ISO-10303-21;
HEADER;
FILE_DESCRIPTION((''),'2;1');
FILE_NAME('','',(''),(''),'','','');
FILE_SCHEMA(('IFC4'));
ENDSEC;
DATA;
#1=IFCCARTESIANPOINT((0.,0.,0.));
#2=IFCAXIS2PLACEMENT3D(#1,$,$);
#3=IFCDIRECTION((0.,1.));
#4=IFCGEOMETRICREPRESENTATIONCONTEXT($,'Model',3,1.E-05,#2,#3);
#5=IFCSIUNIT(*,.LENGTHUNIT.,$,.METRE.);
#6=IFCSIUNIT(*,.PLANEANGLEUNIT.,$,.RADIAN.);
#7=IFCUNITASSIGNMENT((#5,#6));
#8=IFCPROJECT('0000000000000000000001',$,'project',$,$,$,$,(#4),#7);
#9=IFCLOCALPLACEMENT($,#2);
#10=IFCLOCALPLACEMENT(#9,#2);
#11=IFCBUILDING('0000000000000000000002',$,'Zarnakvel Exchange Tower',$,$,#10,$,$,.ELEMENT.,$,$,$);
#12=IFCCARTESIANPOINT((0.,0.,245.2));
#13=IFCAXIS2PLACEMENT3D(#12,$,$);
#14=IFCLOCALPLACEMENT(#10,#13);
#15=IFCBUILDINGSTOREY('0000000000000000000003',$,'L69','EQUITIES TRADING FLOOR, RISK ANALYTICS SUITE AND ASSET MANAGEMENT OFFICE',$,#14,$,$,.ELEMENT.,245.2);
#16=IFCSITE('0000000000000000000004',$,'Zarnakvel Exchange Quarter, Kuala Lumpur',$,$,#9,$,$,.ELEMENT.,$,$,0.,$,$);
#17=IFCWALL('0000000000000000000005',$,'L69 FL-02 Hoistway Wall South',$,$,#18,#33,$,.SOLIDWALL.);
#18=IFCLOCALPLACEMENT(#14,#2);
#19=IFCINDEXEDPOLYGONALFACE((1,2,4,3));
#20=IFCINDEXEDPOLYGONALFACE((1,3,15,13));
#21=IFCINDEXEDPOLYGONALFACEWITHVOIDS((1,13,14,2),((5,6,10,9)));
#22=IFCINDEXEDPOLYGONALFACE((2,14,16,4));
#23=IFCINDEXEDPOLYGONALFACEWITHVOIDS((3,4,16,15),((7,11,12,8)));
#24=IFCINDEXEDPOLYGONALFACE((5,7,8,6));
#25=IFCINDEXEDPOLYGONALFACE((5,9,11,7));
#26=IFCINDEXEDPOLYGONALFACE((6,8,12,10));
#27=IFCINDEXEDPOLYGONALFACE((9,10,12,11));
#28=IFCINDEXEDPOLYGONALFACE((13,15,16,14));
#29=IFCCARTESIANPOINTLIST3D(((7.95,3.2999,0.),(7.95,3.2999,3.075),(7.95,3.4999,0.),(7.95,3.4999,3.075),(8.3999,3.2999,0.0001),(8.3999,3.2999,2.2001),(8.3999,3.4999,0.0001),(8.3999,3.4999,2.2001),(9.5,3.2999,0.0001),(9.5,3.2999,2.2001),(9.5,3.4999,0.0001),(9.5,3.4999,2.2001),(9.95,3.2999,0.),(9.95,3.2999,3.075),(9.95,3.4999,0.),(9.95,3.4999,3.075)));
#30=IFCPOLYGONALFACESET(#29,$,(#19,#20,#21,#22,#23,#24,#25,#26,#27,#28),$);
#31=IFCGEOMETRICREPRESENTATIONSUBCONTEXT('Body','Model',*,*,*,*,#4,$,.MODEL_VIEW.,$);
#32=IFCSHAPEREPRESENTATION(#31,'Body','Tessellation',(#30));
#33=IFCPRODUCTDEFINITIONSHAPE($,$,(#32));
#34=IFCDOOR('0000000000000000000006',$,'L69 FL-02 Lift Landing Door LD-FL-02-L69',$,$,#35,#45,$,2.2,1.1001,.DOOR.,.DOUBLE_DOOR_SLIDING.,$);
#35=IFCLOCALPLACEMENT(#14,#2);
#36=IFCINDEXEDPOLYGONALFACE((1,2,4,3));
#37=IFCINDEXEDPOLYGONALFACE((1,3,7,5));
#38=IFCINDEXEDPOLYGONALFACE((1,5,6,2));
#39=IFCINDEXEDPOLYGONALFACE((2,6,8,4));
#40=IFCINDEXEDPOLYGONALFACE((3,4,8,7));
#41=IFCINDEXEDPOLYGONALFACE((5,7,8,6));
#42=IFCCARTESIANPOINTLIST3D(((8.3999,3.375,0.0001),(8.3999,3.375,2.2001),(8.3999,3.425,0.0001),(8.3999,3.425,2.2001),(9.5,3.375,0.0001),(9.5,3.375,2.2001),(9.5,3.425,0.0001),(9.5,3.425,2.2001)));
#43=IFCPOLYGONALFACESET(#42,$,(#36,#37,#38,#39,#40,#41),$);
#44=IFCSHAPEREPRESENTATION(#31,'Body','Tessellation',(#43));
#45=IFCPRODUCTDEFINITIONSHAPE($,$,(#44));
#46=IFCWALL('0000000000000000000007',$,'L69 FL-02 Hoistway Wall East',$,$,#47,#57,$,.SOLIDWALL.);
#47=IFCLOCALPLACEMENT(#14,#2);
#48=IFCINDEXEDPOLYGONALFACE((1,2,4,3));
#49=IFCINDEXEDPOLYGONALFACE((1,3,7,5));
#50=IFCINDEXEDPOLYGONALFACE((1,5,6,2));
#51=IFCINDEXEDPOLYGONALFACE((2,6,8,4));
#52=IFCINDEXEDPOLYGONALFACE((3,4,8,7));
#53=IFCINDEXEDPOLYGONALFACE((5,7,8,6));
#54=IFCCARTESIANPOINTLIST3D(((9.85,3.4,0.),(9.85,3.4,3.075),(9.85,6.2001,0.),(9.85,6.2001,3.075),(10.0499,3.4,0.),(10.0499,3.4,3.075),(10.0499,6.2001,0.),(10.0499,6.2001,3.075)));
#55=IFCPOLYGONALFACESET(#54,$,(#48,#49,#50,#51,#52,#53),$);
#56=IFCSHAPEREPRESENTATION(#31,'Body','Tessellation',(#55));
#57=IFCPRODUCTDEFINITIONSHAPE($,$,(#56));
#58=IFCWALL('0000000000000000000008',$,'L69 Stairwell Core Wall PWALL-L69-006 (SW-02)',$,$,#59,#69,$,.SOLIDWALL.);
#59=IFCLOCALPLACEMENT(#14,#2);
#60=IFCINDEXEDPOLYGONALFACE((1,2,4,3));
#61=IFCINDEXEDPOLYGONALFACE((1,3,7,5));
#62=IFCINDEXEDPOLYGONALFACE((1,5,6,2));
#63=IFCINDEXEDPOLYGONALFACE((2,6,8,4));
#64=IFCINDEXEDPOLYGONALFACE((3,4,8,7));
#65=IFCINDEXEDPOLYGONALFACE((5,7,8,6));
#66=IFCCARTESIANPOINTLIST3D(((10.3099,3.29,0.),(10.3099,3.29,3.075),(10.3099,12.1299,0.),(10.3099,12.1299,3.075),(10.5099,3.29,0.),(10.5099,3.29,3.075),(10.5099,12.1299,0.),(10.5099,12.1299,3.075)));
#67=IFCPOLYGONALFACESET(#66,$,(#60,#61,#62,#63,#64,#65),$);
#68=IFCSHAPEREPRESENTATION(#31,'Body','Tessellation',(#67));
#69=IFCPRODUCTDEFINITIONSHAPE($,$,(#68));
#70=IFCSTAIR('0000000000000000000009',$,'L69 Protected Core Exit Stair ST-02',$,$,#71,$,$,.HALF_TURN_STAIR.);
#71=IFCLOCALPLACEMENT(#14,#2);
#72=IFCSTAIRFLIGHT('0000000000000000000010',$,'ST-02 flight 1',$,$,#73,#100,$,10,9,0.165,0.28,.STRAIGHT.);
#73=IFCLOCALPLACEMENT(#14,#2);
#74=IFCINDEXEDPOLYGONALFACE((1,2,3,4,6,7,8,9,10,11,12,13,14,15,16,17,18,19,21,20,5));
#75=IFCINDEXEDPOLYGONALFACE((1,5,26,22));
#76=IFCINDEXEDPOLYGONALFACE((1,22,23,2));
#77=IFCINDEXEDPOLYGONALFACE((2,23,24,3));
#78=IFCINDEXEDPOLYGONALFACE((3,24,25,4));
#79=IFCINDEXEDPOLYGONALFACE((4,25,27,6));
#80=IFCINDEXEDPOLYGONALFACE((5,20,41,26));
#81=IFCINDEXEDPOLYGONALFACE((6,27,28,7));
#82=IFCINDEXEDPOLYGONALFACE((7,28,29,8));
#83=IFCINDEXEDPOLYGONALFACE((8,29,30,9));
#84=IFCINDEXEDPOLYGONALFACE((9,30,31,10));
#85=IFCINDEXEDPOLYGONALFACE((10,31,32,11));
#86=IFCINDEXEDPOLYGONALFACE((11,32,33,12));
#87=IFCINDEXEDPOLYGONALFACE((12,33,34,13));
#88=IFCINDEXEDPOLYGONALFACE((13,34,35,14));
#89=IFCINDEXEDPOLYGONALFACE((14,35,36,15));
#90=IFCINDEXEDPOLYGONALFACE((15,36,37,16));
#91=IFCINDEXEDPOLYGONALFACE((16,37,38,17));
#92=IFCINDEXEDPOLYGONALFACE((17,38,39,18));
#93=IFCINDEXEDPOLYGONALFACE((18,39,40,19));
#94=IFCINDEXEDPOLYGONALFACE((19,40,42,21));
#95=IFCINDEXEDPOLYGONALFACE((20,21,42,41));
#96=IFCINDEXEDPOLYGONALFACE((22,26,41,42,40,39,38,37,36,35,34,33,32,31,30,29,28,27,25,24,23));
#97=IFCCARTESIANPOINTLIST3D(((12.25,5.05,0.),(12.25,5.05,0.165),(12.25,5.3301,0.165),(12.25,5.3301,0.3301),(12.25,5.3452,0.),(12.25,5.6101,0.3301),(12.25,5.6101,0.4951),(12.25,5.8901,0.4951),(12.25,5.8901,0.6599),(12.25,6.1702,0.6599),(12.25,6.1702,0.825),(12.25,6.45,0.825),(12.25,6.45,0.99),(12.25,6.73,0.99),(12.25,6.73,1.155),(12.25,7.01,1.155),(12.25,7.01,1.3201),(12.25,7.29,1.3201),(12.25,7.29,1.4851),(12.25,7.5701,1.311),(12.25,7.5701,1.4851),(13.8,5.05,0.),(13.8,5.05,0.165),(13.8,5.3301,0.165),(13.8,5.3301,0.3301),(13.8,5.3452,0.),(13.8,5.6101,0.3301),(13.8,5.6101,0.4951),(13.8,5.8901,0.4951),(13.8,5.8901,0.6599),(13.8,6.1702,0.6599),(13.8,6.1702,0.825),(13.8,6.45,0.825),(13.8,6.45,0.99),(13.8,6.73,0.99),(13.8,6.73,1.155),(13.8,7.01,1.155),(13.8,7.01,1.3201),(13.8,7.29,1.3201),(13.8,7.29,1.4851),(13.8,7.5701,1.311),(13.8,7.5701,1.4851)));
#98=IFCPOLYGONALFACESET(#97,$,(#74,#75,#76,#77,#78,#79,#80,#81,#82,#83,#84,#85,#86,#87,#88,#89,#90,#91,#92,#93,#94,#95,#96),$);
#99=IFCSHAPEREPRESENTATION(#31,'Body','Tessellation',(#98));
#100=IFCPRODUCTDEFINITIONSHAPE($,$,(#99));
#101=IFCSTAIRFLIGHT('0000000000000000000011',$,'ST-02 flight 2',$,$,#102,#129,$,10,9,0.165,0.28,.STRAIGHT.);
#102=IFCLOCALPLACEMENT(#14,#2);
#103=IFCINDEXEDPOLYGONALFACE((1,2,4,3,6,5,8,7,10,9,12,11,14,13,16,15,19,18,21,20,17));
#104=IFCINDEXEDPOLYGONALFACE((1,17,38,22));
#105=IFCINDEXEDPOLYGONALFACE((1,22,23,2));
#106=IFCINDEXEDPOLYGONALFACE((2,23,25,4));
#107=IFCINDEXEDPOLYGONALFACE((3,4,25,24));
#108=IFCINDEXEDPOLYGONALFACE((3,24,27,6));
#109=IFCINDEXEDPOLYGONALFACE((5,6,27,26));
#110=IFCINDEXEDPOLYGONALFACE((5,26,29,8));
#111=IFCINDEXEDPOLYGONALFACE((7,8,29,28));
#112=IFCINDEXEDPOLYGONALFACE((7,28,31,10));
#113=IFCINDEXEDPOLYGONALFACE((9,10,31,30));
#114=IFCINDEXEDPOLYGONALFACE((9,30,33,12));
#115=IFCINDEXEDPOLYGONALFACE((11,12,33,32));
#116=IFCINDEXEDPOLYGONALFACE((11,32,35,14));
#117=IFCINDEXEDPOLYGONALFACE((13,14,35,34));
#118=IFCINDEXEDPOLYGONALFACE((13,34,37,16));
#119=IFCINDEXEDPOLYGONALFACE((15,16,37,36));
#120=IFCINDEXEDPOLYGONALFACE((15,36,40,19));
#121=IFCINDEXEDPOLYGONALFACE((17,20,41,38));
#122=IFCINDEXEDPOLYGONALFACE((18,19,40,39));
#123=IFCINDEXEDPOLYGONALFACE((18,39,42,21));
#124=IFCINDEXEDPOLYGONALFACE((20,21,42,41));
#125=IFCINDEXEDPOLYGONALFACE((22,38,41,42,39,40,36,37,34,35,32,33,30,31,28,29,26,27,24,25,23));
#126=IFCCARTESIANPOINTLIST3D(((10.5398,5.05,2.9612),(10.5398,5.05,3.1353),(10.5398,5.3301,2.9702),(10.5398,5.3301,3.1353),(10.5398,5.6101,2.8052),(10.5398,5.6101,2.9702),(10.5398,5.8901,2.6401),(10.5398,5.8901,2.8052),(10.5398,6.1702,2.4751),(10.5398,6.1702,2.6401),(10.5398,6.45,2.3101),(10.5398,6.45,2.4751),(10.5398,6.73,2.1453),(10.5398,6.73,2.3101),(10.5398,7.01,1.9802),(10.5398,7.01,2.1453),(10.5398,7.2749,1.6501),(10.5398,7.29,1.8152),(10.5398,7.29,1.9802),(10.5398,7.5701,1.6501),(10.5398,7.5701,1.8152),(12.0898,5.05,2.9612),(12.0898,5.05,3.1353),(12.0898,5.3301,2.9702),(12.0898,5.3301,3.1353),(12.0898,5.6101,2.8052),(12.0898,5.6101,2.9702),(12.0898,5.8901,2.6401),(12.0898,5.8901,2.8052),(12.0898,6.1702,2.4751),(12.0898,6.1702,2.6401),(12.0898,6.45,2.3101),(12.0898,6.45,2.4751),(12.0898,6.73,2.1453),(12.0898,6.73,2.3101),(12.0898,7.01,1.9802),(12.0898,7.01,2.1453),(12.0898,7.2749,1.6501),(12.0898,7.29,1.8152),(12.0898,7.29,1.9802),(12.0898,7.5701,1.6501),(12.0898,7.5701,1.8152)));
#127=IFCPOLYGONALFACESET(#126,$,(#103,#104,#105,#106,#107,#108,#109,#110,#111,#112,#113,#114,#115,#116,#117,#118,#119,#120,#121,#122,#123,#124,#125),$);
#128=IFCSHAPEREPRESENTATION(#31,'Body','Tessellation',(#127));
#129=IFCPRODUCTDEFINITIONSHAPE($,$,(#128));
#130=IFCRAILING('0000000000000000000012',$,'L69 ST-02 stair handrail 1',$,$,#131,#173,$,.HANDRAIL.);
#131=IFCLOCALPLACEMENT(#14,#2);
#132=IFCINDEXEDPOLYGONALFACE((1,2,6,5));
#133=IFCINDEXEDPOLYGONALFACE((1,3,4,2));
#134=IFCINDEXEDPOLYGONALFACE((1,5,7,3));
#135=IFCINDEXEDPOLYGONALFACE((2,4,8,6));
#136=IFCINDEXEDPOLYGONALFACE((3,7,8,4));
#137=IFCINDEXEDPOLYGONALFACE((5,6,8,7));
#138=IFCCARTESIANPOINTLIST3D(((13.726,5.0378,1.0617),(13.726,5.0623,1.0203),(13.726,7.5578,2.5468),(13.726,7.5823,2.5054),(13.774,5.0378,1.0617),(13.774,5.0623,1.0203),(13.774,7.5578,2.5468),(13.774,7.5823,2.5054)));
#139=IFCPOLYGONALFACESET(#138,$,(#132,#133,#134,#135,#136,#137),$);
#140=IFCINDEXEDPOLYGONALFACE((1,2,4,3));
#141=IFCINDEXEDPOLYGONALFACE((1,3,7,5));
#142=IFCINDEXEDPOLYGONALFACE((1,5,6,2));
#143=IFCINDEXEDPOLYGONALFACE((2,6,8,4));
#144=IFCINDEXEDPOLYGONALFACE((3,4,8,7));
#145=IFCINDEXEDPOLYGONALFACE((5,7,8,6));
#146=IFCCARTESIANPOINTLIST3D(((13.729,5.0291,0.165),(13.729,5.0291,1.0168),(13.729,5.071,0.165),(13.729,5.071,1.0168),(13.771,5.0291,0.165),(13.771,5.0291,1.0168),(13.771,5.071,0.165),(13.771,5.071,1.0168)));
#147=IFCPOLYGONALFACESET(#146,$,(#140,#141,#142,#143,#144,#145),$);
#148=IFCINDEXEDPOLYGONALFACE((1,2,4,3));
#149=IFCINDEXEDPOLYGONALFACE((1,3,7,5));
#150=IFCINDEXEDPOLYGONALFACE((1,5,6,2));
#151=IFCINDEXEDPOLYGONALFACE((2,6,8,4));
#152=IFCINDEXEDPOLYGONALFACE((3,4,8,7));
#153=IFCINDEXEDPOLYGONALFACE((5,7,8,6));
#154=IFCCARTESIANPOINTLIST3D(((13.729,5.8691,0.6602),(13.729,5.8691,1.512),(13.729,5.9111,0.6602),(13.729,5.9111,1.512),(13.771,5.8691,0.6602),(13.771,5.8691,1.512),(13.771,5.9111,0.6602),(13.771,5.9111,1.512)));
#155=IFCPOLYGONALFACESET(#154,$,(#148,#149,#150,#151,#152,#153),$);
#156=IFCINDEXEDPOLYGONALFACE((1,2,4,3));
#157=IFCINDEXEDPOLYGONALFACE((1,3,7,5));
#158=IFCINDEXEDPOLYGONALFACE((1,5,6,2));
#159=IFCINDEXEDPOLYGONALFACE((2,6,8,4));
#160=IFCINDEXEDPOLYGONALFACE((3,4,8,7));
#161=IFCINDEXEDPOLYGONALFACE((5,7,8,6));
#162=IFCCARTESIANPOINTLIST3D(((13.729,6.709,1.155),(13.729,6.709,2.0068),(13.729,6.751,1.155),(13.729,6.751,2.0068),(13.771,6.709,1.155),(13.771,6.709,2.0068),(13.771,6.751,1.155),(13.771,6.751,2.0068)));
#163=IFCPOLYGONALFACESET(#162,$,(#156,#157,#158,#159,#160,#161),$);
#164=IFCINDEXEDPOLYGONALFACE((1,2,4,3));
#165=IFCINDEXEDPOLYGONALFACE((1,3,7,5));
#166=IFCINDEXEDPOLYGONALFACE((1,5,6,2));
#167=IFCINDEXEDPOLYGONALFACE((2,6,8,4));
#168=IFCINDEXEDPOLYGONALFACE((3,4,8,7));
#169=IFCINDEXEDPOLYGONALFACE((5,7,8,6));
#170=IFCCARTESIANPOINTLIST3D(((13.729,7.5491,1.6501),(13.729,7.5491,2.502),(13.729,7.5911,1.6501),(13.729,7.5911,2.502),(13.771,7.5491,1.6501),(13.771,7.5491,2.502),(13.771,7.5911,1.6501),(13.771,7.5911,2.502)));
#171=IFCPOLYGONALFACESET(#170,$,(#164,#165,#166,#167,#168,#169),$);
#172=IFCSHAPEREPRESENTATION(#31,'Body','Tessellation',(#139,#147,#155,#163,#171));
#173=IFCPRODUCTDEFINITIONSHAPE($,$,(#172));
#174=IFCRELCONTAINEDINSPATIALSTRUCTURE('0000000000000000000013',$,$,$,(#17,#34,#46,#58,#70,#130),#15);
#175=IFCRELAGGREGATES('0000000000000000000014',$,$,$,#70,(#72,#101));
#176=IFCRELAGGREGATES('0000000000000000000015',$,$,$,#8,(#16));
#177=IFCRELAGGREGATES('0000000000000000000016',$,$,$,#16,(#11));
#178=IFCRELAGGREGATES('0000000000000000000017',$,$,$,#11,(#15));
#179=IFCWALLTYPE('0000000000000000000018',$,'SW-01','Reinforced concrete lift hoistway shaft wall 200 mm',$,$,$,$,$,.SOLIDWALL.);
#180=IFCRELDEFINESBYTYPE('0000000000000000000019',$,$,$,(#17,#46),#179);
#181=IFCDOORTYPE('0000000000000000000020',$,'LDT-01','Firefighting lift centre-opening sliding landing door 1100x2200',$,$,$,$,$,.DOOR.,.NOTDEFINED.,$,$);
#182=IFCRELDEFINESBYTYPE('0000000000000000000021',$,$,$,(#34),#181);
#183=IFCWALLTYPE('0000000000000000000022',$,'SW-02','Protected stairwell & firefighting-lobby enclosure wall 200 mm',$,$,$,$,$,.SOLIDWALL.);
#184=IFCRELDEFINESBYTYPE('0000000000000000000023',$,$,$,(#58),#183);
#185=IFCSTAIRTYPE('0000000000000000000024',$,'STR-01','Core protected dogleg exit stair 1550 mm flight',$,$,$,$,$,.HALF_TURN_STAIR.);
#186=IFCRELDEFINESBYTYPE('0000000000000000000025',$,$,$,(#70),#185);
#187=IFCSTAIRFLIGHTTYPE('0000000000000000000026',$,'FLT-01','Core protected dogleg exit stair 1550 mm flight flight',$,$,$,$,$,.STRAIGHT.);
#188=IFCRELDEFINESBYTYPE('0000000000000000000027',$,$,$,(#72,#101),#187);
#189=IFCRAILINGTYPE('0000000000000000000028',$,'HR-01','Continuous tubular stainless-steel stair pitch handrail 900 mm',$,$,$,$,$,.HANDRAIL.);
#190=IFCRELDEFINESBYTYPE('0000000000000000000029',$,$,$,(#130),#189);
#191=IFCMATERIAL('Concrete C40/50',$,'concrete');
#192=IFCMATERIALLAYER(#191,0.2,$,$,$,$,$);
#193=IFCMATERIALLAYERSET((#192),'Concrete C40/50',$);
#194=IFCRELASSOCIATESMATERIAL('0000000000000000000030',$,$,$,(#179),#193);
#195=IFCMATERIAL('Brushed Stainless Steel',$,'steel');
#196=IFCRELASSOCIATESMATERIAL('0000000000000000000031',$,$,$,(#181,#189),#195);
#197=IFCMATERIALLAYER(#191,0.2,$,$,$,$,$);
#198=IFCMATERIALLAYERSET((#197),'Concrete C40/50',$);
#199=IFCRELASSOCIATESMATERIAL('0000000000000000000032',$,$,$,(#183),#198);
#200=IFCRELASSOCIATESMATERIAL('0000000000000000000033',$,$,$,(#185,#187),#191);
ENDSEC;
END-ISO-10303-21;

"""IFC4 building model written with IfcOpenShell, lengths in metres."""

from ifc_helpers import new_model, si_unit, direction, frame, frame_2d, origin, origin_2d, place, context, subcontext, project, spatial, polyline, rectangle, outline, extrude, source, transform, mapped, material, layer, layer_set, type_object, element, fill, aggregate, save


model = new_model("IFC4")

# Units and contexts
model_context = context("Model", 3, precision=1e-05, world=origin(), true_north=direction((0.0, 1.0)))
body_context = subcontext(model_context, "Body", "Model", "MODEL_VIEW")
ifc_project = project(units=[si_unit("LENGTHUNIT", "METRE"), si_unit("PLANEANGLEUNIT", "RADIAN")], contexts=[model_context])

# Site, building, storey
site_placement = place(None, origin())
site = spatial("IfcSite", under=ifc_project, at=site_placement, Name="Zarnakvel Exchange Quarter, Kuala Lumpur", CompositionType="ELEMENT", RefElevation=0.0)
building_placement = place(site_placement, origin())
building = spatial("IfcBuilding", under=site, at=building_placement, Name="Zarnakvel Exchange Tower", CompositionType="ELEMENT")
storey_placement = place(building_placement, frame((0.0, 0.0, 245.2)))
storey = spatial("IfcBuildingStorey", under=building, at=storey_placement, Name="L69", Description="EQUITIES TRADING FLOOR, RISK ANALYTICS SUITE AND ASSET MANAGEMENT OFFICE", CompositionType="ELEMENT", Elevation=245.2)

# Wall, opening, door
ifc_material_1 = material(Name="Concrete C40/50", Category="concrete")
ifc_layer_1 = layer(ifc_material_1, 0.2)
ifc_layer_set_1 = layer_set([ifc_layer_1], Name="Concrete C40/50")
wall_type_1 = type_object("IfcWallType", Name="SW-01", Description="Reinforced concrete lift hoistway shaft wall 200 mm", PredefinedType="SOLIDWALL", material=ifc_layer_set_1)
wall_1_placement = place(storey_placement, frame((9.95, 3.3999, 0.0), z_axis=(0.0, 0.0, 1.0), x_axis=(-1.0, 0.0, 0.0)))
wall_1 = element("IfcWall", 1, at=wall_1_placement, inside=storey, type_object=wall_type_1, Name="L69 FL-02 Hoistway Wall South", PredefinedType="SOLIDWALL", context=body_context, shape_type="SweptSolid", body=[
    extrude(rectangle(XDim=2.0, YDim=0.2, at=frame_2d((1.0, 0.0))), origin(), (0.0, 0.0, 1.0), 3.075),
])
opening_1_placement = place(wall_1_placement, frame((0.45, 0.0, 0.0)))
opening_1 = element("IfcOpeningElement", 2, at=opening_1_placement, cuts=wall_1, PredefinedType="OPENING", context=body_context, shape_type="SweptSolid", body=[
    extrude(rectangle(XDim=1.1001, YDim=2.2, at=frame_2d((0.55, 1.1001))), frame((0.0, 0.1099, 0.0), z_axis=(0.0, -1.0, 0.0), x_axis=(1.0, 0.0, 0.0)), (0.0, 0.0, 1.0), 0.22),
])
ifc_material_2 = material(Name="Brushed Stainless Steel", Category="steel")
door_type_1 = type_object("IfcDoorType", Name="LDT-01", Description="Firefighting lift centre-opening sliding landing door 1100x2200", OperationType="NOTDEFINED", PredefinedType="DOOR", material=ifc_material_2)
shared_shape_1 = source(origin(), body_context, "Body", "SweptSolid", [
    extrude(rectangle(XDim=1.1001, YDim=2.2, at=frame_2d((0.55, 1.1001))), frame((0.0, 0.0249, 0.0), z_axis=(0.0, -1.0, 0.0), x_axis=(1.0, 0.0, 0.0)), (0.0, 0.0, 1.0), 0.05),
])
door_1_placement = place(opening_1_placement, origin())
door_1 = element("IfcDoor", 3, at=door_1_placement, inside=storey, type_object=door_type_1, Name="L69 FL-02 Lift Landing Door LD-FL-02-L69", OperationType="DOUBLE_DOOR_SLIDING", OverallHeight=2.2, OverallWidth=1.1001, PredefinedType="DOOR", context=body_context, shape_type="MappedRepresentation", body=[
    mapped(shared_shape_1, transform((0.0, 0.0, 0.0), x_axis=(1.0, 0.0, 0.0), y_axis=(0.0, 1.0, 0.0), z_axis=(0.0, 0.0, 1.0), scale=1.0)),
])
fill(opening_1, door_1)

# Wall
wall_2_placement = place(storey_placement, frame((9.95, 6.2, 0.0), z_axis=(0.0, 0.0, 1.0), x_axis=(0.0, -1.0, 0.0)))
element("IfcWall", 4, at=wall_2_placement, inside=storey, type_object=wall_type_1, Name="L69 FL-02 Hoistway Wall East", PredefinedType="SOLIDWALL", context=body_context, shape_type="SweptSolid", body=[
    extrude(rectangle(XDim=2.8, YDim=0.2, at=frame_2d((1.3999, 0.0))), origin(), (0.0, 0.0, 1.0), 3.075),
])

# Shared definitions
ifc_layer_2 = layer(ifc_material_1, 0.2)
ifc_layer_set_2 = layer_set([ifc_layer_2], Name="Concrete C40/50")
wall_type_2 = type_object("IfcWallType", Name="SW-02", Description="Protected stairwell & firefighting-lobby enclosure wall 200 mm", PredefinedType="SOLIDWALL", material=ifc_layer_set_2)

# Wall
wall_3_placement = place(storey_placement, frame((10.4099, 3.29, 0.0), z_axis=(0.0, 0.0, 1.0), x_axis=(0.0, 1.0, 0.0)))
element("IfcWall", 5, at=wall_3_placement, inside=storey, type_object=wall_type_2, Name="L69 Stairwell Core Wall PWALL-L69-006 (SW-02)", PredefinedType="SOLIDWALL", context=body_context, shape_type="SweptSolid", body=[
    extrude(rectangle(XDim=8.8398, YDim=0.2, at=frame_2d((4.4199, 0.0))), origin(), (0.0, 0.0, 1.0), 3.075),
])

# Stair, stair flights
stair_type = type_object("IfcStairType", Name="STR-01", Description="Core protected dogleg exit stair 1550 mm flight", PredefinedType="HALF_TURN_STAIR", material=ifc_material_1)
stair_placement = place(storey_placement, origin())
stair = element("IfcStair", 6, at=stair_placement, inside=storey, type_object=stair_type, Name="L69 Protected Core Exit Stair ST-02", PredefinedType="HALF_TURN_STAIR")
stair_flight_type = type_object("IfcStairFlightType", Name="FLT-01", Description="Core protected dogleg exit stair 1550 mm flight flight", PredefinedType="STRAIGHT", material=ifc_material_1)
stair_flight_1_placement = place(storey_placement, frame((13.0249, 5.05, 0.0), z_axis=(0.0, 0.0, 1.0), x_axis=(0.0, 1.0, 0.0)))
stair_flight_1 = element("IfcStairFlight", 7, at=stair_flight_1_placement, type_object=stair_flight_type, Name="ST-02 flight 1", NumberOfRisers=10, NumberOfTreads=9, PredefinedType="STRAIGHT", RiserHeight=0.165, TreadLength=0.28, context=body_context, shape_type="SweptSolid", body=[
    extrude(outline(polyline([(0.0, 0.0), (0.0, 0.165), (0.28, 0.165), (0.28, 0.3301), (0.5601, 0.3301), (0.5601, 0.4951), (0.8401, 0.4951), (0.8401, 0.6599), (1.1201, 0.6599), (1.1201, 0.825), (1.3999, 0.825), (1.3999, 0.99), (1.6799, 0.99), (1.6799, 1.155), (1.96, 1.155), (1.96, 1.3201), (2.24, 1.3201), (2.24, 1.4851), (2.52, 1.4851), (2.52, 1.6499), (2.52, 1.311), (0.2952, 0.0), (0.0, 0.0)])), frame((0.0, 0.7749, 0.0), z_axis=(0.0, -1.0, 0.0), x_axis=(1.0, 0.0, 0.0)), (0.0, 0.0, 1.0), 1.55),
])
stair_flight_2_placement = place(storey_placement, frame((11.3149, 7.5701, 1.6501), z_axis=(0.0, 0.0, 1.0), x_axis=(0.0, -1.0, 0.0)))
stair_flight_2 = element("IfcStairFlight", 8, at=stair_flight_2_placement, type_object=stair_flight_type, Name="ST-02 flight 2", NumberOfRisers=10, NumberOfTreads=9, PredefinedType="STRAIGHT", RiserHeight=0.165, TreadLength=0.28, context=body_context, shape_type="SweptSolid", body=[
    extrude(outline(polyline([(0.0, 0.0), (0.0, 0.165), (0.28, 0.165), (0.28, 0.3301), (0.5601, 0.3301), (0.5601, 0.4951), (0.8401, 0.4951), (0.8401, 0.6599), (1.1201, 0.6599), (1.1201, 0.825), (1.3999, 0.825), (1.3999, 0.99), (1.6799, 0.99), (1.6799, 1.155), (1.96, 1.155), (1.96, 1.3201), (2.24, 1.3201), (2.24, 1.4851), (2.52, 1.4851), (2.52, 1.6499), (2.52, 1.311), (0.2952, 0.0), (0.0, 0.0)])), frame((0.0, 0.7749, 0.0), z_axis=(0.0, -1.0, 0.0), x_axis=(1.0, 0.0, 0.0)), (0.0, 0.0, 1.0), 1.55),
])
aggregate(stair, [stair_flight_1, stair_flight_2])

# Railing
railing_type_1 = type_object("IfcRailingType", Name="HR-01", Description="Continuous tubular stainless-steel stair pitch handrail 900 mm", PredefinedType="HANDRAIL", material=ifc_material_2)
railing_1_placement = place(storey_placement, frame((13.75, 5.05, 0.165)))
element("IfcRailing", 9, at=railing_1_placement, inside=storey, type_object=railing_type_1, Name="L69 ST-02 stair handrail 1", PredefinedType="HANDRAIL", context=body_context, shape_type="SweptSolid", body=[
    extrude(rectangle(XDim=0.0481, YDim=0.0481, at=origin_2d()), frame((0.0, 0.0, 0.876), z_axis=(0.0, 0.861524, 0.507717), x_axis=(-1.0, 0.0, 0.0)), (0.0, 0.0, 1.0), 2.925),
    extrude(rectangle(XDim=0.042, YDim=0.042, at=origin_2d()), origin(), (0.0, 0.0, 1.0), 0.8518),
    extrude(rectangle(XDim=0.042, YDim=0.042, at=origin_2d()), frame((0.0, 0.8401, 0.4951)), (0.0, 0.0, 1.0), 0.8518),
    extrude(rectangle(XDim=0.042, YDim=0.042, at=origin_2d()), frame((0.0, 1.6799, 0.99)), (0.0, 0.0, 1.0), 0.8518),
    extrude(rectangle(XDim=0.042, YDim=0.042, at=origin_2d()), frame((0.0, 2.52, 1.4851)), (0.0, 0.0, 1.0), 0.8518),
])

save(model, "model.ifc")
